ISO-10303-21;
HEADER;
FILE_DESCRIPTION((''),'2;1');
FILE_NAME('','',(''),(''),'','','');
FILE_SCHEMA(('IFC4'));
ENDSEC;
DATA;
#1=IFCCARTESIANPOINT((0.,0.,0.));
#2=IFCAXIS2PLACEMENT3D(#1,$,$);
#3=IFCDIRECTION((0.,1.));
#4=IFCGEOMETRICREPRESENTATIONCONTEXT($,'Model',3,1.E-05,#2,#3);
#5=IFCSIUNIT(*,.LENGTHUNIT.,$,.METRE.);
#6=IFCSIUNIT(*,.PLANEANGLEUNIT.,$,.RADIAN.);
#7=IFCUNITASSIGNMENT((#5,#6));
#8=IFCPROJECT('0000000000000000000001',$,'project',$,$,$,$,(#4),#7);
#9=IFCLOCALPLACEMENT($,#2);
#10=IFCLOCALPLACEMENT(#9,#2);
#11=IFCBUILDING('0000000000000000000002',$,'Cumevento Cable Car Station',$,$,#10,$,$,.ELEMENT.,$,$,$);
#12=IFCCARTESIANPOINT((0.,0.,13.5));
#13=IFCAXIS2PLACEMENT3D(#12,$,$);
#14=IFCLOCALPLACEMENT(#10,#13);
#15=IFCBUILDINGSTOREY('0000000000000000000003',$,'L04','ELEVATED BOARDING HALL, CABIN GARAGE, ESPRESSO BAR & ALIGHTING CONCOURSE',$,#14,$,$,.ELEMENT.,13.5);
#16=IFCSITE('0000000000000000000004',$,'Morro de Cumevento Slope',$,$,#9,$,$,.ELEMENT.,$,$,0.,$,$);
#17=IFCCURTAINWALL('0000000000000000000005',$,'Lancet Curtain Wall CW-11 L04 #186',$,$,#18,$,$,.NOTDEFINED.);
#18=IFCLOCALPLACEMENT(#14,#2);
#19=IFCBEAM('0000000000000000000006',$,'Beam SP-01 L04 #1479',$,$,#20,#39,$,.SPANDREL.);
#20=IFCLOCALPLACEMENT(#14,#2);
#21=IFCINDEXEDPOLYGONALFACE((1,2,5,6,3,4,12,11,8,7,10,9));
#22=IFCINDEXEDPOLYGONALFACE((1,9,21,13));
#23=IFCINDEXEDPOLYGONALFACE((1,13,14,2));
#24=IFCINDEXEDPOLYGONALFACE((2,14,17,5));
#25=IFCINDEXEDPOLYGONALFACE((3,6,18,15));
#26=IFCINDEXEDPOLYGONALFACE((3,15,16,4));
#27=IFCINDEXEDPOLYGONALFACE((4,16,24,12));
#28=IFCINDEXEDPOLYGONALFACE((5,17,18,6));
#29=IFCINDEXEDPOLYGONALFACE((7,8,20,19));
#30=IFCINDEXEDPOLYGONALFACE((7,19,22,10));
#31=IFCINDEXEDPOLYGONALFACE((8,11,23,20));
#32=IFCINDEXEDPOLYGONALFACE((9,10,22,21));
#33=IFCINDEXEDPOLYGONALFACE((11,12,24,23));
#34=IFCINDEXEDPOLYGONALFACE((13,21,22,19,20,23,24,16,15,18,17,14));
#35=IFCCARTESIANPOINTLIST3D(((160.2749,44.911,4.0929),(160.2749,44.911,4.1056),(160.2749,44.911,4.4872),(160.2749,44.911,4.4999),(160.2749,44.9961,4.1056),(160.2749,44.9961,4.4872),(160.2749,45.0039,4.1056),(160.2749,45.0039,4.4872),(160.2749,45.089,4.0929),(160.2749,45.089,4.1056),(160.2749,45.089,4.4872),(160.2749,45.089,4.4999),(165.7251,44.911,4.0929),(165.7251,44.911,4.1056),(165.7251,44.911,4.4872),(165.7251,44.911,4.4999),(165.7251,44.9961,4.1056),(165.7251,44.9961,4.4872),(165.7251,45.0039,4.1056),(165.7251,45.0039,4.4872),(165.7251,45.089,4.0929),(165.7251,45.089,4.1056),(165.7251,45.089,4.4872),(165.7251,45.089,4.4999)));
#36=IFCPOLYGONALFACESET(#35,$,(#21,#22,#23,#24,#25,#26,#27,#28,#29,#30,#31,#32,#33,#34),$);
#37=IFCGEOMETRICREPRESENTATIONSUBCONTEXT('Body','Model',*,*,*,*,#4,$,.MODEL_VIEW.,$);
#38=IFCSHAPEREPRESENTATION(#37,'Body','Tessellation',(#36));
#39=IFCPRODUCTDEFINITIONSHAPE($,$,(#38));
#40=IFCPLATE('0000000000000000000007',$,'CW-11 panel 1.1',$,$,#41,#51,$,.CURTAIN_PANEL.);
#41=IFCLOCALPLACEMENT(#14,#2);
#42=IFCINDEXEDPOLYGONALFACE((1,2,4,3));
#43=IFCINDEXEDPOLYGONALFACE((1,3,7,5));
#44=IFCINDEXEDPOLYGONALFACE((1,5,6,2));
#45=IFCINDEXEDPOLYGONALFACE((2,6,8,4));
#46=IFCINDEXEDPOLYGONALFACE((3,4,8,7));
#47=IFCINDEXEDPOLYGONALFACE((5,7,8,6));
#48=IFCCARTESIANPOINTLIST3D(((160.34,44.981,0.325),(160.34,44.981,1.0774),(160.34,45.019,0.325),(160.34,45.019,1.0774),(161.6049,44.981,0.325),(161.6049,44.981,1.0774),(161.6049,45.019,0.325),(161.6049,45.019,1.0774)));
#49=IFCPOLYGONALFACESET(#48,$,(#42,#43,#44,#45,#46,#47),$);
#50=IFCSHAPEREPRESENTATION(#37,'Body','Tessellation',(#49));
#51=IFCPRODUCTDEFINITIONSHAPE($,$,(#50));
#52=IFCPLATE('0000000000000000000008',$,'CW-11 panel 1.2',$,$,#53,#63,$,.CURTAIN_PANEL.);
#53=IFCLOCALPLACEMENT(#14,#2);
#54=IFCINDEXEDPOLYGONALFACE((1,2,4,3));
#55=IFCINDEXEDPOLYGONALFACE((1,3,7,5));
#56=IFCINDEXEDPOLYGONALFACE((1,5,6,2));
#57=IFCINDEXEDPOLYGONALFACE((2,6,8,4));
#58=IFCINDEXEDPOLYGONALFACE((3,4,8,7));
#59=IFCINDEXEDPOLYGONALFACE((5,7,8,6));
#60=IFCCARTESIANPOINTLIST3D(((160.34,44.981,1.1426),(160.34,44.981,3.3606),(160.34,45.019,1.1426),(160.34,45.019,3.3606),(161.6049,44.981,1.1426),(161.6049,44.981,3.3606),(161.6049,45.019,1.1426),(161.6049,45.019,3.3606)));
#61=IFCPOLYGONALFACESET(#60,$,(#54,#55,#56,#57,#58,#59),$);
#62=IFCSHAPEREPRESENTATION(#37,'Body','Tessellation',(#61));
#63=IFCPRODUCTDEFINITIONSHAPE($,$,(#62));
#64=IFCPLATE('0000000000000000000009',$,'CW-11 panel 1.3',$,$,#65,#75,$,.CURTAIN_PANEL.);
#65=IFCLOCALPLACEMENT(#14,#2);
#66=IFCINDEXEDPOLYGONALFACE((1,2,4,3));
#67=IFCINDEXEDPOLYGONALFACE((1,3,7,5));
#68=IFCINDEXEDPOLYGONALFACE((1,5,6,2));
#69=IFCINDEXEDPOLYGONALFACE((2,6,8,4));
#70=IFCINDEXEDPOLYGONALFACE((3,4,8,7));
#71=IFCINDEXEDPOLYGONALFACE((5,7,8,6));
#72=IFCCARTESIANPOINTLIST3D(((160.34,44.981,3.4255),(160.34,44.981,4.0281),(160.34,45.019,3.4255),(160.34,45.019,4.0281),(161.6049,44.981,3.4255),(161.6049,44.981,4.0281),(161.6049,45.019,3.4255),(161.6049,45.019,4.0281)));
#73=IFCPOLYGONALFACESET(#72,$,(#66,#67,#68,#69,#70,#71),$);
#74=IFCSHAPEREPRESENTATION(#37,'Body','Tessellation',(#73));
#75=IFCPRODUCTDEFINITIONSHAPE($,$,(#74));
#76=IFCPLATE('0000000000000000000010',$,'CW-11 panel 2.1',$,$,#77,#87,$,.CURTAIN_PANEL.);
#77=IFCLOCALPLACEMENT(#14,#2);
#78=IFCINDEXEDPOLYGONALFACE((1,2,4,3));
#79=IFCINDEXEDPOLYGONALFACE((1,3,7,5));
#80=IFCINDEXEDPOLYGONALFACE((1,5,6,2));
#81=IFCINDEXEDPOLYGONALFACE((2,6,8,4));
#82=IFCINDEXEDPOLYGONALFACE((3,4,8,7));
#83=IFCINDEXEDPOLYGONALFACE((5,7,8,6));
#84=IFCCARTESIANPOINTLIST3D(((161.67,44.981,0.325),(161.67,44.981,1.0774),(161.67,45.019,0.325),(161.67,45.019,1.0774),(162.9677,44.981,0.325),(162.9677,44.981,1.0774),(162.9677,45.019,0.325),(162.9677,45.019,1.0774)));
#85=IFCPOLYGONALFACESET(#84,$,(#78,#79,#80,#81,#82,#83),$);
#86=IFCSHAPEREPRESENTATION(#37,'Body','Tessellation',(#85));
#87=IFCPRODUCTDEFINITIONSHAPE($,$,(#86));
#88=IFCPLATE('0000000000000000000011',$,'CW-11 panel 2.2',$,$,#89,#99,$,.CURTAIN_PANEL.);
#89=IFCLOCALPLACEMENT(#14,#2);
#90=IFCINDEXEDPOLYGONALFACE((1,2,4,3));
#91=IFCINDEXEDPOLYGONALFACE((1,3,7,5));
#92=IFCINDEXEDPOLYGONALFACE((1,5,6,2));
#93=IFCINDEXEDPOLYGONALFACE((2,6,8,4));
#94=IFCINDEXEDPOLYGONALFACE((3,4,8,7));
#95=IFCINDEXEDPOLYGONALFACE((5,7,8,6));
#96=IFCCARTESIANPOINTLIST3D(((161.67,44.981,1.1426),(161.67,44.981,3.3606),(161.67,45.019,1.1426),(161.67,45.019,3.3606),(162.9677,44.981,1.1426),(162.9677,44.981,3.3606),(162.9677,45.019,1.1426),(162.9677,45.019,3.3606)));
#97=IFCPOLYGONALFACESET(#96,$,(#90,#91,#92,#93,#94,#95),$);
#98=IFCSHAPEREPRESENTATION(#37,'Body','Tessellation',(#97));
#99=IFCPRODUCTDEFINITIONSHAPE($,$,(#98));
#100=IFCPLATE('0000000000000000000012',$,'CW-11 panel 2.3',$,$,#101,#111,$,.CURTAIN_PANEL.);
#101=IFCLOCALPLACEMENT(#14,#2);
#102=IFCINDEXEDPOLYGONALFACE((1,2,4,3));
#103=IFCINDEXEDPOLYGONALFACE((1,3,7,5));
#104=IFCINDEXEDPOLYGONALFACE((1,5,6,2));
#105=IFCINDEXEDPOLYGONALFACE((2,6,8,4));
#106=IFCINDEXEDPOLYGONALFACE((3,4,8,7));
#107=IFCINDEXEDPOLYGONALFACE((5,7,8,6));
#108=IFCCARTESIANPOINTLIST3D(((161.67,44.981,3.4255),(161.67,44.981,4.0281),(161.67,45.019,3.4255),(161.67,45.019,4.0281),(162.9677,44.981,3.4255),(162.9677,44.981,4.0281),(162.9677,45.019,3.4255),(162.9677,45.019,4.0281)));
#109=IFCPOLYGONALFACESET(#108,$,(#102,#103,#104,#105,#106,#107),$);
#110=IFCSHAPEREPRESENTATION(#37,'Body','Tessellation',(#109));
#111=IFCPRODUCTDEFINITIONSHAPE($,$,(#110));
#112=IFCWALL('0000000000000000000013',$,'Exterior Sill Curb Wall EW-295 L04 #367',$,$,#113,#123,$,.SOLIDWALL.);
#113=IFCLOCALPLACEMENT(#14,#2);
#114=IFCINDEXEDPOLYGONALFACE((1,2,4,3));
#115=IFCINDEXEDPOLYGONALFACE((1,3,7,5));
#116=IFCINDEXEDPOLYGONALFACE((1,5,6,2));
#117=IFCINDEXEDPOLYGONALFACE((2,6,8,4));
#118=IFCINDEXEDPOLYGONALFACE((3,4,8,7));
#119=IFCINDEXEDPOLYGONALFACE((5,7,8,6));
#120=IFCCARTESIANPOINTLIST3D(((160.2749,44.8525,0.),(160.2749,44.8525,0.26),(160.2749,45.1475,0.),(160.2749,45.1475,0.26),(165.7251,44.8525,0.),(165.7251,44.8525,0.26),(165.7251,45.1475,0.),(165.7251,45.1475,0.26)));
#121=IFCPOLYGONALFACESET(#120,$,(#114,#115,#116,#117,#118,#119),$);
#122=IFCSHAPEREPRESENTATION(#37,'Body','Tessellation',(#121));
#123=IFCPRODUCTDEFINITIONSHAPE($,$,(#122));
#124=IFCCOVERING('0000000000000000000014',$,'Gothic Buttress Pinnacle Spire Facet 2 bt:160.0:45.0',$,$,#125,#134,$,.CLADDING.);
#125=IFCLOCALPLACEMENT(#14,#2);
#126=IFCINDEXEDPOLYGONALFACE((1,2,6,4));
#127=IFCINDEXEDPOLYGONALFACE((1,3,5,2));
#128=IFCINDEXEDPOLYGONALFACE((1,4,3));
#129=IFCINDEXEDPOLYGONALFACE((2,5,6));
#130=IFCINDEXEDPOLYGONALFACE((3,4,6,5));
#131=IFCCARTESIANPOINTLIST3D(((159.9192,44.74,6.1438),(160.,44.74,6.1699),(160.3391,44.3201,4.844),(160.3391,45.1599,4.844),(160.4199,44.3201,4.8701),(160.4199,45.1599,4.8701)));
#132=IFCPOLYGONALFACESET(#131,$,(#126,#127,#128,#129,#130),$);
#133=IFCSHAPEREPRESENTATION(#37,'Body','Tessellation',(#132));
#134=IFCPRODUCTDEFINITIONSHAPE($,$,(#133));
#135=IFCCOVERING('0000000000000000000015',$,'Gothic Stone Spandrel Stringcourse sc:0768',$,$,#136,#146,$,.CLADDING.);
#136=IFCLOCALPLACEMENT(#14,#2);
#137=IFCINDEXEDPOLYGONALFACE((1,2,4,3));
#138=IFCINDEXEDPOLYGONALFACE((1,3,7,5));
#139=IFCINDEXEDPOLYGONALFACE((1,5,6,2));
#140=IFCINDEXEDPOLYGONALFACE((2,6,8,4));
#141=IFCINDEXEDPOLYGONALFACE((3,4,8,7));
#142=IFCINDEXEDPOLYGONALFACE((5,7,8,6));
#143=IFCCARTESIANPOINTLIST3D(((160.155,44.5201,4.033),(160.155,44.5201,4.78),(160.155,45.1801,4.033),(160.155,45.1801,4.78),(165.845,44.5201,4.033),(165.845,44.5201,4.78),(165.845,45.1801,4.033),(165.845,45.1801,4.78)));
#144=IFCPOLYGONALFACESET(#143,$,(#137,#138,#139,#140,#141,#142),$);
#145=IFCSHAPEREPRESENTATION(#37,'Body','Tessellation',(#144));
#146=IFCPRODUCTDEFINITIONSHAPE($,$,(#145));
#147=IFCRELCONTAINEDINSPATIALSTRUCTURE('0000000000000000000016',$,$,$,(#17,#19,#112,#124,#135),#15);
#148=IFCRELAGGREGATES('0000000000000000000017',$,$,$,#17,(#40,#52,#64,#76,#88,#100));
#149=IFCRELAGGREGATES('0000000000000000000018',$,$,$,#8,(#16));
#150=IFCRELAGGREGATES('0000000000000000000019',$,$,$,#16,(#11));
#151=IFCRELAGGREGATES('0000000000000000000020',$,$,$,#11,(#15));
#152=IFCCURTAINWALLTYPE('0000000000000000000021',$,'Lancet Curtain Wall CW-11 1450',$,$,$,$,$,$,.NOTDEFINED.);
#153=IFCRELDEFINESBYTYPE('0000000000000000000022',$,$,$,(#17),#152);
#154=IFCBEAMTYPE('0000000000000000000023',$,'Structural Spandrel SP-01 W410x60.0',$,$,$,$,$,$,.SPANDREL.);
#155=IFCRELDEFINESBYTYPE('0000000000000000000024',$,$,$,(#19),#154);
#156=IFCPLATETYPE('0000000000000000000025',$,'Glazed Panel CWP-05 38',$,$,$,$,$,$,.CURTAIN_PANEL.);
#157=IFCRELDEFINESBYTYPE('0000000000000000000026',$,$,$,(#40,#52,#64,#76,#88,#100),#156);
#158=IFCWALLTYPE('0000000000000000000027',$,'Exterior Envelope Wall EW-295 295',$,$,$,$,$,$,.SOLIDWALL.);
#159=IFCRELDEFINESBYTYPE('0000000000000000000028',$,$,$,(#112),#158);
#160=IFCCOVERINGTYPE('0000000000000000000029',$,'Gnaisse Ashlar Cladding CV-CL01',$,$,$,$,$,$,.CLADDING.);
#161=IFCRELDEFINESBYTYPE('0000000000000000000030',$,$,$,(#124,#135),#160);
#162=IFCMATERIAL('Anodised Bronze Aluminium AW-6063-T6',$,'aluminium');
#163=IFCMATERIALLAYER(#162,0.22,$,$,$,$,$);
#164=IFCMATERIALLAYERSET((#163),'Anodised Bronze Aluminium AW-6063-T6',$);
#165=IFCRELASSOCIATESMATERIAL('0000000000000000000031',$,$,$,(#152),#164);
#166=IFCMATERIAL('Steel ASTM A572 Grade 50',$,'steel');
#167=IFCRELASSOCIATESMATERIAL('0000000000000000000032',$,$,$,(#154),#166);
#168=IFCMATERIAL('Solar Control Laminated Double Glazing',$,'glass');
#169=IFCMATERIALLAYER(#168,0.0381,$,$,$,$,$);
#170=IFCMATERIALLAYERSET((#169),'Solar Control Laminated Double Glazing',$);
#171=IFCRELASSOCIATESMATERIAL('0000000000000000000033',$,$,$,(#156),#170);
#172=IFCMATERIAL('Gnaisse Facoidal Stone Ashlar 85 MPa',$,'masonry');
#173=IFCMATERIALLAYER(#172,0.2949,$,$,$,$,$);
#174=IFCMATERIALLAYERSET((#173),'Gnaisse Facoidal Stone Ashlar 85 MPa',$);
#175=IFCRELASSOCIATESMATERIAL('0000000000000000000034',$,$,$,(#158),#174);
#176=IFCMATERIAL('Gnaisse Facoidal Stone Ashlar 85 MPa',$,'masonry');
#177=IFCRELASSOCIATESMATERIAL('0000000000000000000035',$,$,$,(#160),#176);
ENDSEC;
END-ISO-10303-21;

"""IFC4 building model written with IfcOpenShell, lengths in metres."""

from ifc_helpers import new_model, si_unit, direction, frame, frame_2d, origin, origin_2d, place, context, subcontext, project, spatial, polyline, rectangle, i_section, outline, extrude, material, layer, layer_set, material_profile, profile_set, type_object, element, aggregate, save


model = new_model("IFC4")

# Units and contexts
model_context = context("Model", 3, precision=1e-05, world=origin(), true_north=direction((0.0, 1.0)))
body_context = subcontext(model_context, "Body", "Model", "MODEL_VIEW")
ifc_project = project(units=[si_unit("LENGTHUNIT", "METRE"), si_unit("PLANEANGLEUNIT", "RADIAN")], contexts=[model_context])

# Site, building, storey
site_placement = place(None, origin())
site = spatial("IfcSite", under=ifc_project, at=site_placement, Name="Morro de Cumevento Slope", CompositionType="ELEMENT", RefElevation=0.0)
building_placement = place(site_placement, origin())
building = spatial("IfcBuilding", under=site, at=building_placement, Name="Cumevento Cable Car Station", CompositionType="ELEMENT")
storey_placement = place(building_placement, frame((0.0, 0.0, 13.5)))
storey = spatial("IfcBuildingStorey", under=building, at=storey_placement, Name="L04", Description="ELEVATED BOARDING HALL, CABIN GARAGE, ESPRESSO BAR & ALIGHTING CONCOURSE", CompositionType="ELEMENT", Elevation=13.5)

# Curtain wall
ifc_material_1 = material(Name="Anodised Bronze Aluminium AW-6063-T6", Category="aluminium")
ifc_layer_1 = layer(ifc_material_1, 0.22)
ifc_layer_set_1 = layer_set([ifc_layer_1], Name="Anodised Bronze Aluminium AW-6063-T6")
curtain_wall_type = type_object("IfcCurtainWallType", Name="Lancet Curtain Wall CW-11 1450", PredefinedType="NOTDEFINED", material=ifc_layer_set_1)
curtain_wall_placement = place(storey_placement, origin())
curtain_wall = element("IfcCurtainWall", 1, at=curtain_wall_placement, inside=storey, type_object=curtain_wall_type, Name="Lancet Curtain Wall CW-11 L04 #186", PredefinedType="NOTDEFINED")

# Beam
ifc_material_2 = material(Name="Steel ASTM A572 Grade 50", Category="steel")
ifc_material_profile_1 = material_profile(ifc_material_2, i_section(OverallWidth=0.178, OverallDepth=0.407, WebThickness=0.0078, FlangeThickness=0.0127, at=origin_2d()), Name="W410x60.0")
ifc_profile_set_1 = profile_set([ifc_material_profile_1], Name="Steel ASTM A572 Grade 50")
beam_type = type_object("IfcBeamType", Name="Structural Spandrel SP-01 W410x60.0", PredefinedType="SPANDREL", material=ifc_profile_set_1)
beam_placement = place(storey_placement, frame((160.2749, 45.0, 4.2964), z_axis=(1.0, 0.0, 0.0), x_axis=(0.0, 1.0, 0.0)))
element("IfcBeam", 2, at=beam_placement, inside=storey, type_object=beam_type, Name="Beam SP-01 L04 #1479", PredefinedType="SPANDREL", context=body_context, shape_type="SweptSolid", body=[
    extrude(i_section(OverallWidth=0.178, OverallDepth=0.407, WebThickness=0.0078, FlangeThickness=0.0127, at=origin_2d()), origin(), (0.0, 0.0, 1.0), 5.4502),
])

# Plates
ifc_material_3 = material(Name="Solar Control Laminated Double Glazing", Category="glass")
ifc_layer_2 = layer(ifc_material_3, 0.0381)
ifc_layer_set_2 = layer_set([ifc_layer_2], Name="Solar Control Laminated Double Glazing")
plate_type = type_object("IfcPlateType", Name="Glazed Panel CWP-05 38", PredefinedType="CURTAIN_PANEL", material=ifc_layer_set_2)
plate_1_placement = place(storey_placement, frame((160.9724, 45.0, 0.325), z_axis=(0.0, 0.0, 1.0), x_axis=(1.0, 0.0, 0.0)))
plate_1 = element("IfcPlate", 3, at=plate_1_placement, type_object=plate_type, Name="CW-11 panel 1.1", PredefinedType="CURTAIN_PANEL", context=body_context, shape_type="SweptSolid", body=[
    extrude(rectangle(XDim=1.2649, YDim=0.0381, at=origin_2d()), origin(), (0.0, 0.0, 1.0), 0.7524),
])
plate_2_placement = place(storey_placement, frame((160.9724, 45.0, 1.1426), z_axis=(0.0, 0.0, 1.0), x_axis=(1.0, 0.0, 0.0)))
plate_2 = element("IfcPlate", 4, at=plate_2_placement, type_object=plate_type, Name="CW-11 panel 1.2", PredefinedType="CURTAIN_PANEL", context=body_context, shape_type="SweptSolid", body=[
    extrude(rectangle(XDim=1.2649, YDim=0.0381, at=origin_2d()), origin(), (0.0, 0.0, 1.0), 2.218),
])
plate_3_placement = place(storey_placement, frame((160.9724, 45.0, 3.4255), z_axis=(0.0, 0.0, 1.0), x_axis=(1.0, 0.0, 0.0)))
plate_3 = element("IfcPlate", 5, at=plate_3_placement, type_object=plate_type, Name="CW-11 panel 1.3", PredefinedType="CURTAIN_PANEL", context=body_context, shape_type="SweptSolid", body=[
    extrude(rectangle(XDim=1.2649, YDim=0.0381, at=origin_2d()), origin(), (0.0, 0.0, 1.0), 0.6025),
])
plate_4_placement = place(storey_placement, frame((162.3188, 45.0, 0.325), z_axis=(0.0, 0.0, 1.0), x_axis=(1.0, 0.0, 0.0)))
plate_4 = element("IfcPlate", 6, at=plate_4_placement, type_object=plate_type, Name="CW-11 panel 2.1", PredefinedType="CURTAIN_PANEL", context=body_context, shape_type="SweptSolid", body=[
    extrude(rectangle(XDim=1.2976, YDim=0.0381, at=origin_2d()), origin(), (0.0, 0.0, 1.0), 0.7524),
])
plate_5_placement = place(storey_placement, frame((162.3188, 45.0, 1.1426), z_axis=(0.0, 0.0, 1.0), x_axis=(1.0, 0.0, 0.0)))
plate_5 = element("IfcPlate", 7, at=plate_5_placement, type_object=plate_type, Name="CW-11 panel 2.2", PredefinedType="CURTAIN_PANEL", context=body_context, shape_type="SweptSolid", body=[
    extrude(rectangle(XDim=1.2976, YDim=0.0381, at=origin_2d()), origin(), (0.0, 0.0, 1.0), 2.218),
])
plate_6_placement = place(storey_placement, frame((162.3188, 45.0, 3.4255), z_axis=(0.0, 0.0, 1.0), x_axis=(1.0, 0.0, 0.0)))
plate_6 = element("IfcPlate", 8, at=plate_6_placement, type_object=plate_type, Name="CW-11 panel 2.3", PredefinedType="CURTAIN_PANEL", context=body_context, shape_type="SweptSolid", body=[
    extrude(rectangle(XDim=1.2976, YDim=0.0381, at=origin_2d()), origin(), (0.0, 0.0, 1.0), 0.6025),
])
aggregate(curtain_wall, [plate_1, plate_2, plate_3, plate_4, plate_5, plate_6])

# Wall
ifc_material_4 = material(Name="Gnaisse Facoidal Stone Ashlar 85 MPa", Category="masonry")
ifc_layer_3 = layer(ifc_material_4, 0.2949)
ifc_layer_set_3 = layer_set([ifc_layer_3], Name="Gnaisse Facoidal Stone Ashlar 85 MPa")
wall_type = type_object("IfcWallType", Name="Exterior Envelope Wall EW-295 295", PredefinedType="SOLIDWALL", material=ifc_layer_set_3)
wall_placement = place(storey_placement, frame((160.2749, 45.0, 0.0), z_axis=(0.0, 0.0, 1.0), x_axis=(1.0, 0.0, 0.0)))
element("IfcWall", 9, at=wall_placement, inside=storey, type_object=wall_type, Name="Exterior Sill Curb Wall EW-295 L04 #367", PredefinedType="SOLIDWALL", context=body_context, shape_type="SweptSolid", body=[
    extrude(rectangle(XDim=5.4502, YDim=0.2949, at=frame_2d((2.7251, 0.0))), origin(), (0.0, 0.0, 1.0), 0.26),
])

# Coverings
ifc_material_5 = material(Name="Gnaisse Facoidal Stone Ashlar 85 MPa", Category="masonry")
covering_type = type_object("IfcCoveringType", Name="Gnaisse Ashlar Cladding CV-CL01", PredefinedType="CLADDING", material=ifc_material_5)
covering_1_placement = place(storey_placement, frame((160.4199, 45.1599, 4.8701), z_axis=(0.951574, 0.0, 0.307421), x_axis=(0.0, -1.0, 0.0)))
element("IfcCovering", 10, at=covering_1_placement, inside=storey, type_object=covering_type, Name="Gothic Buttress Pinnacle Spire Facet 2 bt:160.0:45.0", PredefinedType="CLADDING", context=body_context, shape_type="SweptSolid", body=[
    extrude(outline(polyline([(0.0, 0.0), (0.8398, 0.0), (0.4199, -1.366), (0.0, 0.0)])), origin(), (0.0, 0.0, -1.0), 0.085),
])
covering_2_placement = place(storey_placement, frame((163.0, 44.8501, 4.033), z_axis=(0.0, 0.0, 1.0), x_axis=(1.0, 0.0, 0.0)))
element("IfcCovering", 11, at=covering_2_placement, inside=storey, type_object=covering_type, Name="Gothic Stone Spandrel Stringcourse sc:0768", PredefinedType="CLADDING", context=body_context, shape_type="SweptSolid", body=[
    extrude(rectangle(XDim=5.6899, YDim=0.6599, at=origin_2d()), origin(), (0.0, 0.0, 1.0), 0.7471),
])

save(model, "model.ifc")
